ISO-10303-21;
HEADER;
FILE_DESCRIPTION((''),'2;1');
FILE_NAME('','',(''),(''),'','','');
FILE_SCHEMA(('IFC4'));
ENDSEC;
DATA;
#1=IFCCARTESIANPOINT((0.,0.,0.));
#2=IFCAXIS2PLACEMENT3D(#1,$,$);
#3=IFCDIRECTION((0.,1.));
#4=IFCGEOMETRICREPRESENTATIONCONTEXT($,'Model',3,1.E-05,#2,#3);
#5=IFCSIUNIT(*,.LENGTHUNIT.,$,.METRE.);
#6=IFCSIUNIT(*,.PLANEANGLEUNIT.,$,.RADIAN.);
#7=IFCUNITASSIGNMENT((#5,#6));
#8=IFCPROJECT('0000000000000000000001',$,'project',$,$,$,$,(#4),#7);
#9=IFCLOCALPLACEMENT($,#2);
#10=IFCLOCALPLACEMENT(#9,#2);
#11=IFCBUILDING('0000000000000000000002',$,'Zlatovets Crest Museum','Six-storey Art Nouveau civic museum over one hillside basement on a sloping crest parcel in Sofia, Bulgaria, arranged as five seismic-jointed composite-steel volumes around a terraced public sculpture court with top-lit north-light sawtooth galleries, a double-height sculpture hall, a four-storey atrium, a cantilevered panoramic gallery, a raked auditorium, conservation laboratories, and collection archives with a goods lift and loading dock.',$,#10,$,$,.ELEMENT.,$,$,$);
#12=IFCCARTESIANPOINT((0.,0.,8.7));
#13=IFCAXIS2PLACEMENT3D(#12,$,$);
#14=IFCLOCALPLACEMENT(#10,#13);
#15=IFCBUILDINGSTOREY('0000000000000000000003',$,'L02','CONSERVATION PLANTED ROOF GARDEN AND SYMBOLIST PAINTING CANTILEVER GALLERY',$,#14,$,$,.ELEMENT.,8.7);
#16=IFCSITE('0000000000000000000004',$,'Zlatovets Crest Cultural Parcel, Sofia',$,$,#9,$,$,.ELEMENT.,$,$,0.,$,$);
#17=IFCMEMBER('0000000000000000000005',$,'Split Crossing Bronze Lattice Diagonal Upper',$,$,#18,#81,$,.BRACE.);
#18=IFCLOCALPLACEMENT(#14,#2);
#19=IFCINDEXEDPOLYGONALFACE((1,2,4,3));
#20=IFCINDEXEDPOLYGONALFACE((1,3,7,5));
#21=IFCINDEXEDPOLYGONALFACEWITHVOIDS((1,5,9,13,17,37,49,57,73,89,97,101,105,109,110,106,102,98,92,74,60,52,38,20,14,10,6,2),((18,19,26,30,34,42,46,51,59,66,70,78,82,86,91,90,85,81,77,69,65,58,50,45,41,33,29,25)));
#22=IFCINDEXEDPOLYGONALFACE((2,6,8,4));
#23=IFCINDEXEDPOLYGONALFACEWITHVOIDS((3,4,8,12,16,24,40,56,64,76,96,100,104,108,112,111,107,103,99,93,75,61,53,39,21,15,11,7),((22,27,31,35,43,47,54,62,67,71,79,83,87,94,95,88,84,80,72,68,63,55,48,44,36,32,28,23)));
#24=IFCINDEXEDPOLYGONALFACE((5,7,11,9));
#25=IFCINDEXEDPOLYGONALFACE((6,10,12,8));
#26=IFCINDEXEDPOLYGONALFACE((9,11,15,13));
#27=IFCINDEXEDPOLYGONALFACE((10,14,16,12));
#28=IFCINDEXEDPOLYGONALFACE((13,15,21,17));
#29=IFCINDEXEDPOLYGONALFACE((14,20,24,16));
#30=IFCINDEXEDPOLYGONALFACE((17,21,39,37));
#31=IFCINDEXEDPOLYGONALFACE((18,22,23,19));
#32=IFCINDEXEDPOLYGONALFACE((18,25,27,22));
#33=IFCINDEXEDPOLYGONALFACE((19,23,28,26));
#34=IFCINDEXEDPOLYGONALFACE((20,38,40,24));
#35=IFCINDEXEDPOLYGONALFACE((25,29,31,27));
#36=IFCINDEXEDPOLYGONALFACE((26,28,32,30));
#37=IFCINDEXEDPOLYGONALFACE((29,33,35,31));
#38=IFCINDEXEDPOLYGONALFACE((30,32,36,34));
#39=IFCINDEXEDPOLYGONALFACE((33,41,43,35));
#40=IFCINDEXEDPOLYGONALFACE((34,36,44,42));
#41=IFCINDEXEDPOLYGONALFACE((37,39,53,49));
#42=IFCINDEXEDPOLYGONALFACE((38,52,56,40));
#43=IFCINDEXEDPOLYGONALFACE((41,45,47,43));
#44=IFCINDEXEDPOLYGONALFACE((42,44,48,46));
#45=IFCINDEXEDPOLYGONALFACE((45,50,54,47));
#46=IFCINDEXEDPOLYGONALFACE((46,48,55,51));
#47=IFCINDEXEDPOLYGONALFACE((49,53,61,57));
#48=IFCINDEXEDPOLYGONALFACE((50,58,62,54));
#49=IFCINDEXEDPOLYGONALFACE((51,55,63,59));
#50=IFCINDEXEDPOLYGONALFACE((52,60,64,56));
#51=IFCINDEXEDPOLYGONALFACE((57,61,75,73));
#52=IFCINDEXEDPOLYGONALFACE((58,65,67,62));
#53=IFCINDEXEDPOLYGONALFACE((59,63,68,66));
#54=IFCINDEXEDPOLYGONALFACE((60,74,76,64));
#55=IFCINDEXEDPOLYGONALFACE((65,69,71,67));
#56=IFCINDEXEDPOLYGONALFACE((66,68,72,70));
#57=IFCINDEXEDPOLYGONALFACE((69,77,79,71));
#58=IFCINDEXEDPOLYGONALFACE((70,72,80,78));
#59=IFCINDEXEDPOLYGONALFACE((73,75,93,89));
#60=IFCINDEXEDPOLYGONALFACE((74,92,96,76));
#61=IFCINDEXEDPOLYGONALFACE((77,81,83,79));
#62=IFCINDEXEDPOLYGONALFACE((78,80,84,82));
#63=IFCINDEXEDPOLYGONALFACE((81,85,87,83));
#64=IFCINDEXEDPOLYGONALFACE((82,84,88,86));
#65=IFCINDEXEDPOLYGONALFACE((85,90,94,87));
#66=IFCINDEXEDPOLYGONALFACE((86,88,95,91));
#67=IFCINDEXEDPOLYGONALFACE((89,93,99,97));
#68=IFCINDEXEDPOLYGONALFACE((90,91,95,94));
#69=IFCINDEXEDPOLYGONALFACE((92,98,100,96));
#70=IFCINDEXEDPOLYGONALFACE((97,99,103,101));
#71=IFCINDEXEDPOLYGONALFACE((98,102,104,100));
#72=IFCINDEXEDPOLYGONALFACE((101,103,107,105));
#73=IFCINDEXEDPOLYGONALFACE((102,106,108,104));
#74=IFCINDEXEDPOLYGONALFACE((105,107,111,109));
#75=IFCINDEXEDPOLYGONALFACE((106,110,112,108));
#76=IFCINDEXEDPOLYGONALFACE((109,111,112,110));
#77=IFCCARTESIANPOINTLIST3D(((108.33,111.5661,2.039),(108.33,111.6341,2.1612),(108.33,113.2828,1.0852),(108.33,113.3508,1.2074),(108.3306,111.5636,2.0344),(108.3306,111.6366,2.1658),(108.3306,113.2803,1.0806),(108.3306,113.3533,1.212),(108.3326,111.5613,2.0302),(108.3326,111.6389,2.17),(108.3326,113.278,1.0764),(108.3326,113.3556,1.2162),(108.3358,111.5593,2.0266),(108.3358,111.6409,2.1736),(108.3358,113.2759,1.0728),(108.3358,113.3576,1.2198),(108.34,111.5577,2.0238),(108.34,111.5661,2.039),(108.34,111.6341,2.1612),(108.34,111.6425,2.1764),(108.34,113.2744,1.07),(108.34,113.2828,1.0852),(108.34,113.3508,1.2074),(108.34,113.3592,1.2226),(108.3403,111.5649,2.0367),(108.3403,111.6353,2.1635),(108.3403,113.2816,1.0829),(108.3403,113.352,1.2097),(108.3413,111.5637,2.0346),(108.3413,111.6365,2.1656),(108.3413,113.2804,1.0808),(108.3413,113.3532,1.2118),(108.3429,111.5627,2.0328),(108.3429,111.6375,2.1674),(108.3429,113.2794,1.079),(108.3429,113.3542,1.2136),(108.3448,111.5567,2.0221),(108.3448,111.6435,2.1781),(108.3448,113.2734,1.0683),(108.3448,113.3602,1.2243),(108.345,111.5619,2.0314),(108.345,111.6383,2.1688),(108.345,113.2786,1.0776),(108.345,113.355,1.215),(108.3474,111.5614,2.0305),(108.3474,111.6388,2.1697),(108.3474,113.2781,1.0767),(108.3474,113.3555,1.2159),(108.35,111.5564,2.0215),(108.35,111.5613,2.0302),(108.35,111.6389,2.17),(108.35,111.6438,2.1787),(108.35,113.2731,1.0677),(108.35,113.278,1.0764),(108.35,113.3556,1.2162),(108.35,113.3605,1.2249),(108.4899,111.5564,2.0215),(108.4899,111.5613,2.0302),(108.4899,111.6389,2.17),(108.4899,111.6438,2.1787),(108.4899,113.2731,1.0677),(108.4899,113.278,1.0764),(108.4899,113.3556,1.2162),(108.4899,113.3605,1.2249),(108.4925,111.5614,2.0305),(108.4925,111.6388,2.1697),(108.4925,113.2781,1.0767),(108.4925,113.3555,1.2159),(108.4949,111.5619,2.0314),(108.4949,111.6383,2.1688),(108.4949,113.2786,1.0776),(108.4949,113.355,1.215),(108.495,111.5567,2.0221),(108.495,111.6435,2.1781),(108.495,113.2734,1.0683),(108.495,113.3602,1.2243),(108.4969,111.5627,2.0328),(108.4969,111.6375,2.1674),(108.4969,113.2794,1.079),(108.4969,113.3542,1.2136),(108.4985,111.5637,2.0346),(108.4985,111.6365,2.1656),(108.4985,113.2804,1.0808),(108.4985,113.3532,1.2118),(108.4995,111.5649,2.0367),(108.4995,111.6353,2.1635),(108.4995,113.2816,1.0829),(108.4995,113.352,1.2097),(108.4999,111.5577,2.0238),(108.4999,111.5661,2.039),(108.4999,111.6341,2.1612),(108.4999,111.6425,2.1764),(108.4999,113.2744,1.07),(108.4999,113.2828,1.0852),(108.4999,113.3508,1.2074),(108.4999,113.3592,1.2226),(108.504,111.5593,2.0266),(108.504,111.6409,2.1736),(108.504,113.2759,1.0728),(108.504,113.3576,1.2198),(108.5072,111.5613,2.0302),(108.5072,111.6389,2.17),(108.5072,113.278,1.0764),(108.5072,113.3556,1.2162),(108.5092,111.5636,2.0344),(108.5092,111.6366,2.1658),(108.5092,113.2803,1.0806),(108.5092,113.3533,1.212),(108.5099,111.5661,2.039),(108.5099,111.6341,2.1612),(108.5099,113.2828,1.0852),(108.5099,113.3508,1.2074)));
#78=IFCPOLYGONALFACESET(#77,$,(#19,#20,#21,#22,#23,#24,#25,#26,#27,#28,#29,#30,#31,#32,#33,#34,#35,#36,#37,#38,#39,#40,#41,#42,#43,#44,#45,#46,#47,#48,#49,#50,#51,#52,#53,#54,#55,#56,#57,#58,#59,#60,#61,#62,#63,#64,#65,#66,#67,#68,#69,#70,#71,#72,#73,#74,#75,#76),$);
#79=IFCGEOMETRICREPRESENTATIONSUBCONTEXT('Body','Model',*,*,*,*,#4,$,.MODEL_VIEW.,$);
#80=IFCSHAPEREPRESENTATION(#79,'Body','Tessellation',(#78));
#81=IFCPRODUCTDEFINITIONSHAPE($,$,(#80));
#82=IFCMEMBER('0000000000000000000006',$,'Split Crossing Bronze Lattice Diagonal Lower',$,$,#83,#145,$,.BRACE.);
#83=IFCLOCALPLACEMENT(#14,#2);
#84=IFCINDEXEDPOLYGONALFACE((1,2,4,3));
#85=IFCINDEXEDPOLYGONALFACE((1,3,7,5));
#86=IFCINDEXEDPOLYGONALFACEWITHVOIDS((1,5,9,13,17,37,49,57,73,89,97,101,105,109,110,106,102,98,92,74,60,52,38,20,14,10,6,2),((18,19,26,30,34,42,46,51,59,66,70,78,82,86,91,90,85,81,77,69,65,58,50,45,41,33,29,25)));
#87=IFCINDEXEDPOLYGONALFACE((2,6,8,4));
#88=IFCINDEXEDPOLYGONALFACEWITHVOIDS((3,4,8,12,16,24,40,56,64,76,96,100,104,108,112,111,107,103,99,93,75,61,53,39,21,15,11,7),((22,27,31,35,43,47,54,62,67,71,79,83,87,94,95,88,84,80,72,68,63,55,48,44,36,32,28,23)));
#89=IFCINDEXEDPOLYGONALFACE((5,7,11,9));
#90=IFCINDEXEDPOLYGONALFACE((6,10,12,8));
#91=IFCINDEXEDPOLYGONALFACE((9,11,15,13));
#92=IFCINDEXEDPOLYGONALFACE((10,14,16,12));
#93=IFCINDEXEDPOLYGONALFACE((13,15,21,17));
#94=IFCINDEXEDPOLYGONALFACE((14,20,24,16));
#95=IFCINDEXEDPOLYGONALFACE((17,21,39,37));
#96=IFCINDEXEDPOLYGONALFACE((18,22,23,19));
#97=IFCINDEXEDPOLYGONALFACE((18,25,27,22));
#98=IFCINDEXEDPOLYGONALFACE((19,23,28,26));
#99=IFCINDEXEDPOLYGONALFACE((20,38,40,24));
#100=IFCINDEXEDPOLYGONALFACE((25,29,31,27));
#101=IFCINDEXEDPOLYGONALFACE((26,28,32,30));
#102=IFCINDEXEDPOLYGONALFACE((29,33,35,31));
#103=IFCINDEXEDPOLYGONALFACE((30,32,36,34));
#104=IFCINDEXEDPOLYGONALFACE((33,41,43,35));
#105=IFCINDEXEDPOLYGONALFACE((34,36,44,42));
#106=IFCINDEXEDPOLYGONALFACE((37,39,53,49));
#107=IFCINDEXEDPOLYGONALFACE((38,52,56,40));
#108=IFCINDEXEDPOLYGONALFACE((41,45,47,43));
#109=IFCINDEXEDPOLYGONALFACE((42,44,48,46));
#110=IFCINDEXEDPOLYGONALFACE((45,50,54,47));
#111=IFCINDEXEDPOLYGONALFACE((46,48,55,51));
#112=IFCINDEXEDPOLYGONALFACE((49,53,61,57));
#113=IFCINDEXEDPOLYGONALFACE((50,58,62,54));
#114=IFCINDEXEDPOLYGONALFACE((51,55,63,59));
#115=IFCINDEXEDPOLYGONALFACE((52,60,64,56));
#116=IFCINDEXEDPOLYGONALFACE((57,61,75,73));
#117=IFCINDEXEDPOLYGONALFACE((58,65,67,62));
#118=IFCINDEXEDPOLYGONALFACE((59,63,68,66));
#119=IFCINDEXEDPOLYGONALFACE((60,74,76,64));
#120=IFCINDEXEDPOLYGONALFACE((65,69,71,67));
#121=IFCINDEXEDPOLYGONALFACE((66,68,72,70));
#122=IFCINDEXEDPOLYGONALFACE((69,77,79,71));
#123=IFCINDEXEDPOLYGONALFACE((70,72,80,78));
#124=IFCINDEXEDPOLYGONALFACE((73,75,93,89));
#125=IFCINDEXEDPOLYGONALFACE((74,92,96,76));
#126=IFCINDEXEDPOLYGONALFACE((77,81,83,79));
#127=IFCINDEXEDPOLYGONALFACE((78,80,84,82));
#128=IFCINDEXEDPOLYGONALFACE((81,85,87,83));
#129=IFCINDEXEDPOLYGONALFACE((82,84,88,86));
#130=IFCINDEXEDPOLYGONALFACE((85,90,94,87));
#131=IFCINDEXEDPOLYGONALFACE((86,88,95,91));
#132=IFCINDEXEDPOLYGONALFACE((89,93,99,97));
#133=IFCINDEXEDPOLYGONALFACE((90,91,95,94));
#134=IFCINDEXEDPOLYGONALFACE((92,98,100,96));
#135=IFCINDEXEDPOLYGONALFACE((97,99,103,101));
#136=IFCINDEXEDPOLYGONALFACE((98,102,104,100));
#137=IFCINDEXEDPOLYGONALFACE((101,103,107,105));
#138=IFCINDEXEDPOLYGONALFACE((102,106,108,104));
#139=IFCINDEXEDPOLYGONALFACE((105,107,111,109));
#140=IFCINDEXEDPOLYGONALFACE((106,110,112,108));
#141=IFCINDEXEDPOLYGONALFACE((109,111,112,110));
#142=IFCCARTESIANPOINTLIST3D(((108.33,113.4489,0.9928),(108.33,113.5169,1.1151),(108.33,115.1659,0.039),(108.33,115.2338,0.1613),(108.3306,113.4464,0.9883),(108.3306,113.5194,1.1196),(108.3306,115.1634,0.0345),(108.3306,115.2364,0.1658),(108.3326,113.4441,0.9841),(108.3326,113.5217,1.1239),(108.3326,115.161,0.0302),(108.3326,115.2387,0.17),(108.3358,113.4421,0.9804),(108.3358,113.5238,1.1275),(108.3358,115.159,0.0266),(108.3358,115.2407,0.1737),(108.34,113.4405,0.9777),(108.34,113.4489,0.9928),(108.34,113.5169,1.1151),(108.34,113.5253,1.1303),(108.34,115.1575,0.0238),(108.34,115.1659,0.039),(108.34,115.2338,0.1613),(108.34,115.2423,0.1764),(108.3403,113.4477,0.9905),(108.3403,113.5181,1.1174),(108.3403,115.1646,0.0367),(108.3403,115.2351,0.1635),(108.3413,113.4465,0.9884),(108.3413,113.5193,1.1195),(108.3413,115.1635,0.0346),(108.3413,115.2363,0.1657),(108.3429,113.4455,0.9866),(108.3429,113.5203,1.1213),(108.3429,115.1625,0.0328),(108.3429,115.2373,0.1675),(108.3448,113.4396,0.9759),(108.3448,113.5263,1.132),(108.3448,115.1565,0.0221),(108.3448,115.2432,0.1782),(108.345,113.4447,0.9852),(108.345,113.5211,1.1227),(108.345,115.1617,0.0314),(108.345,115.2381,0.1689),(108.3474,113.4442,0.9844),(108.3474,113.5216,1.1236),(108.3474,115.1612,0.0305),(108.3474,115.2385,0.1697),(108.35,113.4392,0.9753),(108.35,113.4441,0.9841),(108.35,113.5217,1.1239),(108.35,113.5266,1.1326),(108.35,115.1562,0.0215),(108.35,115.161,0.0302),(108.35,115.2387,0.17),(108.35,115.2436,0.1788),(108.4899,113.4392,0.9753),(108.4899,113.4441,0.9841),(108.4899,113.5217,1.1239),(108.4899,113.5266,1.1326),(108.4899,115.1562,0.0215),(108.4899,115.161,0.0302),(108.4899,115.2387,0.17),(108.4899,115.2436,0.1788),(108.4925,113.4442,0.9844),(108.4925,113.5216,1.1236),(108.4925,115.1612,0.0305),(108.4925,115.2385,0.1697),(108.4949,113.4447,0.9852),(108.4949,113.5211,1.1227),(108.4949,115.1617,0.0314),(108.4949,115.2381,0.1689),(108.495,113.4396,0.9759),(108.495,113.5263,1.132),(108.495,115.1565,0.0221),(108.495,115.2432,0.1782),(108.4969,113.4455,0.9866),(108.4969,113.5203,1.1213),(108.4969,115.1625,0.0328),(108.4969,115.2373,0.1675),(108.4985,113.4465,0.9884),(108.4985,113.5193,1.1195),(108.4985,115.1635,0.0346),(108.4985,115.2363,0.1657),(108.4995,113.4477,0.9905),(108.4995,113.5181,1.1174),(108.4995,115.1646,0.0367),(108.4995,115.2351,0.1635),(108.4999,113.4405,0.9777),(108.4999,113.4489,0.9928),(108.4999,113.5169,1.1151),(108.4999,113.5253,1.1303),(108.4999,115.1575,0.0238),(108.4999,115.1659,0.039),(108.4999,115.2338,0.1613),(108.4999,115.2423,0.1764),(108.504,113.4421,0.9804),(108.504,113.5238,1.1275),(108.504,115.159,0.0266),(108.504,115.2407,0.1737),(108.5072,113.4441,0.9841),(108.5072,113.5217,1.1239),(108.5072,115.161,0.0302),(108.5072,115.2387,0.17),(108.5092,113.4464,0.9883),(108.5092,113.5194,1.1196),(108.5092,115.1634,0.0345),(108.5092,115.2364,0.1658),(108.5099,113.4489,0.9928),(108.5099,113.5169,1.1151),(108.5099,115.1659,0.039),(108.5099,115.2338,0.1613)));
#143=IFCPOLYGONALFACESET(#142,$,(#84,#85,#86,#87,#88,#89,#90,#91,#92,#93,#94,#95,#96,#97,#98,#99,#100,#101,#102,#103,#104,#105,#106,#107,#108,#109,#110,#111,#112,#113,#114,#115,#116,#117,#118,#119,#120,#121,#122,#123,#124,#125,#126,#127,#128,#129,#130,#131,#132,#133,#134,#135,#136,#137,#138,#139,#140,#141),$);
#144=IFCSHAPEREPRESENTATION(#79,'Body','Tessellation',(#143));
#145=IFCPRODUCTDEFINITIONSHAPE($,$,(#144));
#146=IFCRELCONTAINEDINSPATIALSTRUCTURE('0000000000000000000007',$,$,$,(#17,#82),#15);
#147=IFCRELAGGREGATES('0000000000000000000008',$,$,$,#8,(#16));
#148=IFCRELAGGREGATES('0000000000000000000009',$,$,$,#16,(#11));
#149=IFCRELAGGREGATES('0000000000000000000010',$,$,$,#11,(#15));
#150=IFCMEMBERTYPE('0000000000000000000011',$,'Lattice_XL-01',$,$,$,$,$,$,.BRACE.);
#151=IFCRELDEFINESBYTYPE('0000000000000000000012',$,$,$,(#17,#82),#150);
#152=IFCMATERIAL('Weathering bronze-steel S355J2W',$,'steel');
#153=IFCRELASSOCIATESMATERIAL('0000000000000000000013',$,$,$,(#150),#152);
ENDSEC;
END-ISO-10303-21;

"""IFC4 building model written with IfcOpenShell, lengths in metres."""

from ifc_helpers import new_model, si_unit, direction, frame, origin, origin_2d, place, context, subcontext, project, spatial, hollow_rectangle, extrude, material, material_profile, profile_set, type_object, element, save


model = new_model("IFC4")

# Units and contexts
model_context = context("Model", 3, precision=1e-05, world=origin(), true_north=direction((0.0, 1.0)))
body_context = subcontext(model_context, "Body", "Model", "MODEL_VIEW")
ifc_project = project(units=[si_unit("LENGTHUNIT", "METRE"), si_unit("PLANEANGLEUNIT", "RADIAN")], contexts=[model_context])

# Site, building, storey
site_placement = place(None, origin())
site = spatial("IfcSite", under=ifc_project, at=site_placement, Name="Zlatovets Crest Cultural Parcel, Sofia", CompositionType="ELEMENT", RefElevation=0.0)
building_placement = place(site_placement, origin())
building = spatial("IfcBuilding", under=site, at=building_placement, Name="Zlatovets Crest Museum", Description="Six-storey Art Nouveau civic museum over one hillside basement on a sloping crest parcel in Sofia, Bulgaria, arranged as five seismic-jointed composite-steel volumes around a terraced public sculpture court with top-lit north-light sawtooth galleries, a double-height sculpture hall, a four-storey atrium, a cantilevered panoramic gallery, a raked auditorium, conservation laboratories, and collection archives with a goods lift and loading dock.", CompositionType="ELEMENT")
storey_placement = place(building_placement, frame((0.0, 0.0, 8.7)))
storey = spatial("IfcBuildingStorey", under=building, at=storey_placement, Name="L02", Description="CONSERVATION PLANTED ROOF GARDEN AND SYMBOLIST PAINTING CANTILEVER GALLERY", CompositionType="ELEMENT", Elevation=8.7)

# Members
ifc_material_1 = material(Name="Weathering bronze-steel S355J2W", Category="steel")
ifc_material_profile_1 = material_profile(ifc_material_1, hollow_rectangle(XDim=0.1799, YDim=0.1799, WallThickness=0.01, InnerFilletRadius=0.01, OuterFilletRadius=0.02, at=origin_2d()), Name="SHS 180x180x10.0")
ifc_profile_set_1 = profile_set([ifc_material_profile_1], Name="Weathering bronze-steel S355J2W")
member_type_1 = type_object("IfcMemberType", Name="Lattice_XL-01", PredefinedType="BRACE", material=ifc_profile_set_1)
member_1_placement = place(storey_placement, frame((108.4199, 111.6001, 2.1001), z_axis=(0.0, 0.87414, -0.485675), x_axis=(-1.0, 0.0, 0.0)))
element("IfcMember", 1, at=member_1_placement, inside=storey, type_object=member_type_1, Name="Split Crossing Bronze Lattice Diagonal Upper", PredefinedType="BRACE", context=body_context, shape_type="SweptSolid", body=[
    extrude(hollow_rectangle(XDim=0.1799, YDim=0.1799, WallThickness=0.01, InnerFilletRadius=0.01, OuterFilletRadius=0.02, at=origin_2d()), origin(), (0.0, 0.0, 1.0), 1.9639),
])
member_2_placement = place(storey_placement, frame((108.4199, 113.4829, 1.054), z_axis=(0.0, 0.874169, -0.485622), x_axis=(-1.0, 0.0, 0.0)))
element("IfcMember", 2, at=member_2_placement, inside=storey, type_object=member_type_1, Name="Split Crossing Bronze Lattice Diagonal Lower", PredefinedType="BRACE", context=body_context, shape_type="SweptSolid", body=[
    extrude(hollow_rectangle(XDim=0.1799, YDim=0.1799, WallThickness=0.01, InnerFilletRadius=0.01, OuterFilletRadius=0.02, at=origin_2d()), origin(), (0.0, 0.0, 1.0), 1.9641),
])

save(model, "model.ifc")
